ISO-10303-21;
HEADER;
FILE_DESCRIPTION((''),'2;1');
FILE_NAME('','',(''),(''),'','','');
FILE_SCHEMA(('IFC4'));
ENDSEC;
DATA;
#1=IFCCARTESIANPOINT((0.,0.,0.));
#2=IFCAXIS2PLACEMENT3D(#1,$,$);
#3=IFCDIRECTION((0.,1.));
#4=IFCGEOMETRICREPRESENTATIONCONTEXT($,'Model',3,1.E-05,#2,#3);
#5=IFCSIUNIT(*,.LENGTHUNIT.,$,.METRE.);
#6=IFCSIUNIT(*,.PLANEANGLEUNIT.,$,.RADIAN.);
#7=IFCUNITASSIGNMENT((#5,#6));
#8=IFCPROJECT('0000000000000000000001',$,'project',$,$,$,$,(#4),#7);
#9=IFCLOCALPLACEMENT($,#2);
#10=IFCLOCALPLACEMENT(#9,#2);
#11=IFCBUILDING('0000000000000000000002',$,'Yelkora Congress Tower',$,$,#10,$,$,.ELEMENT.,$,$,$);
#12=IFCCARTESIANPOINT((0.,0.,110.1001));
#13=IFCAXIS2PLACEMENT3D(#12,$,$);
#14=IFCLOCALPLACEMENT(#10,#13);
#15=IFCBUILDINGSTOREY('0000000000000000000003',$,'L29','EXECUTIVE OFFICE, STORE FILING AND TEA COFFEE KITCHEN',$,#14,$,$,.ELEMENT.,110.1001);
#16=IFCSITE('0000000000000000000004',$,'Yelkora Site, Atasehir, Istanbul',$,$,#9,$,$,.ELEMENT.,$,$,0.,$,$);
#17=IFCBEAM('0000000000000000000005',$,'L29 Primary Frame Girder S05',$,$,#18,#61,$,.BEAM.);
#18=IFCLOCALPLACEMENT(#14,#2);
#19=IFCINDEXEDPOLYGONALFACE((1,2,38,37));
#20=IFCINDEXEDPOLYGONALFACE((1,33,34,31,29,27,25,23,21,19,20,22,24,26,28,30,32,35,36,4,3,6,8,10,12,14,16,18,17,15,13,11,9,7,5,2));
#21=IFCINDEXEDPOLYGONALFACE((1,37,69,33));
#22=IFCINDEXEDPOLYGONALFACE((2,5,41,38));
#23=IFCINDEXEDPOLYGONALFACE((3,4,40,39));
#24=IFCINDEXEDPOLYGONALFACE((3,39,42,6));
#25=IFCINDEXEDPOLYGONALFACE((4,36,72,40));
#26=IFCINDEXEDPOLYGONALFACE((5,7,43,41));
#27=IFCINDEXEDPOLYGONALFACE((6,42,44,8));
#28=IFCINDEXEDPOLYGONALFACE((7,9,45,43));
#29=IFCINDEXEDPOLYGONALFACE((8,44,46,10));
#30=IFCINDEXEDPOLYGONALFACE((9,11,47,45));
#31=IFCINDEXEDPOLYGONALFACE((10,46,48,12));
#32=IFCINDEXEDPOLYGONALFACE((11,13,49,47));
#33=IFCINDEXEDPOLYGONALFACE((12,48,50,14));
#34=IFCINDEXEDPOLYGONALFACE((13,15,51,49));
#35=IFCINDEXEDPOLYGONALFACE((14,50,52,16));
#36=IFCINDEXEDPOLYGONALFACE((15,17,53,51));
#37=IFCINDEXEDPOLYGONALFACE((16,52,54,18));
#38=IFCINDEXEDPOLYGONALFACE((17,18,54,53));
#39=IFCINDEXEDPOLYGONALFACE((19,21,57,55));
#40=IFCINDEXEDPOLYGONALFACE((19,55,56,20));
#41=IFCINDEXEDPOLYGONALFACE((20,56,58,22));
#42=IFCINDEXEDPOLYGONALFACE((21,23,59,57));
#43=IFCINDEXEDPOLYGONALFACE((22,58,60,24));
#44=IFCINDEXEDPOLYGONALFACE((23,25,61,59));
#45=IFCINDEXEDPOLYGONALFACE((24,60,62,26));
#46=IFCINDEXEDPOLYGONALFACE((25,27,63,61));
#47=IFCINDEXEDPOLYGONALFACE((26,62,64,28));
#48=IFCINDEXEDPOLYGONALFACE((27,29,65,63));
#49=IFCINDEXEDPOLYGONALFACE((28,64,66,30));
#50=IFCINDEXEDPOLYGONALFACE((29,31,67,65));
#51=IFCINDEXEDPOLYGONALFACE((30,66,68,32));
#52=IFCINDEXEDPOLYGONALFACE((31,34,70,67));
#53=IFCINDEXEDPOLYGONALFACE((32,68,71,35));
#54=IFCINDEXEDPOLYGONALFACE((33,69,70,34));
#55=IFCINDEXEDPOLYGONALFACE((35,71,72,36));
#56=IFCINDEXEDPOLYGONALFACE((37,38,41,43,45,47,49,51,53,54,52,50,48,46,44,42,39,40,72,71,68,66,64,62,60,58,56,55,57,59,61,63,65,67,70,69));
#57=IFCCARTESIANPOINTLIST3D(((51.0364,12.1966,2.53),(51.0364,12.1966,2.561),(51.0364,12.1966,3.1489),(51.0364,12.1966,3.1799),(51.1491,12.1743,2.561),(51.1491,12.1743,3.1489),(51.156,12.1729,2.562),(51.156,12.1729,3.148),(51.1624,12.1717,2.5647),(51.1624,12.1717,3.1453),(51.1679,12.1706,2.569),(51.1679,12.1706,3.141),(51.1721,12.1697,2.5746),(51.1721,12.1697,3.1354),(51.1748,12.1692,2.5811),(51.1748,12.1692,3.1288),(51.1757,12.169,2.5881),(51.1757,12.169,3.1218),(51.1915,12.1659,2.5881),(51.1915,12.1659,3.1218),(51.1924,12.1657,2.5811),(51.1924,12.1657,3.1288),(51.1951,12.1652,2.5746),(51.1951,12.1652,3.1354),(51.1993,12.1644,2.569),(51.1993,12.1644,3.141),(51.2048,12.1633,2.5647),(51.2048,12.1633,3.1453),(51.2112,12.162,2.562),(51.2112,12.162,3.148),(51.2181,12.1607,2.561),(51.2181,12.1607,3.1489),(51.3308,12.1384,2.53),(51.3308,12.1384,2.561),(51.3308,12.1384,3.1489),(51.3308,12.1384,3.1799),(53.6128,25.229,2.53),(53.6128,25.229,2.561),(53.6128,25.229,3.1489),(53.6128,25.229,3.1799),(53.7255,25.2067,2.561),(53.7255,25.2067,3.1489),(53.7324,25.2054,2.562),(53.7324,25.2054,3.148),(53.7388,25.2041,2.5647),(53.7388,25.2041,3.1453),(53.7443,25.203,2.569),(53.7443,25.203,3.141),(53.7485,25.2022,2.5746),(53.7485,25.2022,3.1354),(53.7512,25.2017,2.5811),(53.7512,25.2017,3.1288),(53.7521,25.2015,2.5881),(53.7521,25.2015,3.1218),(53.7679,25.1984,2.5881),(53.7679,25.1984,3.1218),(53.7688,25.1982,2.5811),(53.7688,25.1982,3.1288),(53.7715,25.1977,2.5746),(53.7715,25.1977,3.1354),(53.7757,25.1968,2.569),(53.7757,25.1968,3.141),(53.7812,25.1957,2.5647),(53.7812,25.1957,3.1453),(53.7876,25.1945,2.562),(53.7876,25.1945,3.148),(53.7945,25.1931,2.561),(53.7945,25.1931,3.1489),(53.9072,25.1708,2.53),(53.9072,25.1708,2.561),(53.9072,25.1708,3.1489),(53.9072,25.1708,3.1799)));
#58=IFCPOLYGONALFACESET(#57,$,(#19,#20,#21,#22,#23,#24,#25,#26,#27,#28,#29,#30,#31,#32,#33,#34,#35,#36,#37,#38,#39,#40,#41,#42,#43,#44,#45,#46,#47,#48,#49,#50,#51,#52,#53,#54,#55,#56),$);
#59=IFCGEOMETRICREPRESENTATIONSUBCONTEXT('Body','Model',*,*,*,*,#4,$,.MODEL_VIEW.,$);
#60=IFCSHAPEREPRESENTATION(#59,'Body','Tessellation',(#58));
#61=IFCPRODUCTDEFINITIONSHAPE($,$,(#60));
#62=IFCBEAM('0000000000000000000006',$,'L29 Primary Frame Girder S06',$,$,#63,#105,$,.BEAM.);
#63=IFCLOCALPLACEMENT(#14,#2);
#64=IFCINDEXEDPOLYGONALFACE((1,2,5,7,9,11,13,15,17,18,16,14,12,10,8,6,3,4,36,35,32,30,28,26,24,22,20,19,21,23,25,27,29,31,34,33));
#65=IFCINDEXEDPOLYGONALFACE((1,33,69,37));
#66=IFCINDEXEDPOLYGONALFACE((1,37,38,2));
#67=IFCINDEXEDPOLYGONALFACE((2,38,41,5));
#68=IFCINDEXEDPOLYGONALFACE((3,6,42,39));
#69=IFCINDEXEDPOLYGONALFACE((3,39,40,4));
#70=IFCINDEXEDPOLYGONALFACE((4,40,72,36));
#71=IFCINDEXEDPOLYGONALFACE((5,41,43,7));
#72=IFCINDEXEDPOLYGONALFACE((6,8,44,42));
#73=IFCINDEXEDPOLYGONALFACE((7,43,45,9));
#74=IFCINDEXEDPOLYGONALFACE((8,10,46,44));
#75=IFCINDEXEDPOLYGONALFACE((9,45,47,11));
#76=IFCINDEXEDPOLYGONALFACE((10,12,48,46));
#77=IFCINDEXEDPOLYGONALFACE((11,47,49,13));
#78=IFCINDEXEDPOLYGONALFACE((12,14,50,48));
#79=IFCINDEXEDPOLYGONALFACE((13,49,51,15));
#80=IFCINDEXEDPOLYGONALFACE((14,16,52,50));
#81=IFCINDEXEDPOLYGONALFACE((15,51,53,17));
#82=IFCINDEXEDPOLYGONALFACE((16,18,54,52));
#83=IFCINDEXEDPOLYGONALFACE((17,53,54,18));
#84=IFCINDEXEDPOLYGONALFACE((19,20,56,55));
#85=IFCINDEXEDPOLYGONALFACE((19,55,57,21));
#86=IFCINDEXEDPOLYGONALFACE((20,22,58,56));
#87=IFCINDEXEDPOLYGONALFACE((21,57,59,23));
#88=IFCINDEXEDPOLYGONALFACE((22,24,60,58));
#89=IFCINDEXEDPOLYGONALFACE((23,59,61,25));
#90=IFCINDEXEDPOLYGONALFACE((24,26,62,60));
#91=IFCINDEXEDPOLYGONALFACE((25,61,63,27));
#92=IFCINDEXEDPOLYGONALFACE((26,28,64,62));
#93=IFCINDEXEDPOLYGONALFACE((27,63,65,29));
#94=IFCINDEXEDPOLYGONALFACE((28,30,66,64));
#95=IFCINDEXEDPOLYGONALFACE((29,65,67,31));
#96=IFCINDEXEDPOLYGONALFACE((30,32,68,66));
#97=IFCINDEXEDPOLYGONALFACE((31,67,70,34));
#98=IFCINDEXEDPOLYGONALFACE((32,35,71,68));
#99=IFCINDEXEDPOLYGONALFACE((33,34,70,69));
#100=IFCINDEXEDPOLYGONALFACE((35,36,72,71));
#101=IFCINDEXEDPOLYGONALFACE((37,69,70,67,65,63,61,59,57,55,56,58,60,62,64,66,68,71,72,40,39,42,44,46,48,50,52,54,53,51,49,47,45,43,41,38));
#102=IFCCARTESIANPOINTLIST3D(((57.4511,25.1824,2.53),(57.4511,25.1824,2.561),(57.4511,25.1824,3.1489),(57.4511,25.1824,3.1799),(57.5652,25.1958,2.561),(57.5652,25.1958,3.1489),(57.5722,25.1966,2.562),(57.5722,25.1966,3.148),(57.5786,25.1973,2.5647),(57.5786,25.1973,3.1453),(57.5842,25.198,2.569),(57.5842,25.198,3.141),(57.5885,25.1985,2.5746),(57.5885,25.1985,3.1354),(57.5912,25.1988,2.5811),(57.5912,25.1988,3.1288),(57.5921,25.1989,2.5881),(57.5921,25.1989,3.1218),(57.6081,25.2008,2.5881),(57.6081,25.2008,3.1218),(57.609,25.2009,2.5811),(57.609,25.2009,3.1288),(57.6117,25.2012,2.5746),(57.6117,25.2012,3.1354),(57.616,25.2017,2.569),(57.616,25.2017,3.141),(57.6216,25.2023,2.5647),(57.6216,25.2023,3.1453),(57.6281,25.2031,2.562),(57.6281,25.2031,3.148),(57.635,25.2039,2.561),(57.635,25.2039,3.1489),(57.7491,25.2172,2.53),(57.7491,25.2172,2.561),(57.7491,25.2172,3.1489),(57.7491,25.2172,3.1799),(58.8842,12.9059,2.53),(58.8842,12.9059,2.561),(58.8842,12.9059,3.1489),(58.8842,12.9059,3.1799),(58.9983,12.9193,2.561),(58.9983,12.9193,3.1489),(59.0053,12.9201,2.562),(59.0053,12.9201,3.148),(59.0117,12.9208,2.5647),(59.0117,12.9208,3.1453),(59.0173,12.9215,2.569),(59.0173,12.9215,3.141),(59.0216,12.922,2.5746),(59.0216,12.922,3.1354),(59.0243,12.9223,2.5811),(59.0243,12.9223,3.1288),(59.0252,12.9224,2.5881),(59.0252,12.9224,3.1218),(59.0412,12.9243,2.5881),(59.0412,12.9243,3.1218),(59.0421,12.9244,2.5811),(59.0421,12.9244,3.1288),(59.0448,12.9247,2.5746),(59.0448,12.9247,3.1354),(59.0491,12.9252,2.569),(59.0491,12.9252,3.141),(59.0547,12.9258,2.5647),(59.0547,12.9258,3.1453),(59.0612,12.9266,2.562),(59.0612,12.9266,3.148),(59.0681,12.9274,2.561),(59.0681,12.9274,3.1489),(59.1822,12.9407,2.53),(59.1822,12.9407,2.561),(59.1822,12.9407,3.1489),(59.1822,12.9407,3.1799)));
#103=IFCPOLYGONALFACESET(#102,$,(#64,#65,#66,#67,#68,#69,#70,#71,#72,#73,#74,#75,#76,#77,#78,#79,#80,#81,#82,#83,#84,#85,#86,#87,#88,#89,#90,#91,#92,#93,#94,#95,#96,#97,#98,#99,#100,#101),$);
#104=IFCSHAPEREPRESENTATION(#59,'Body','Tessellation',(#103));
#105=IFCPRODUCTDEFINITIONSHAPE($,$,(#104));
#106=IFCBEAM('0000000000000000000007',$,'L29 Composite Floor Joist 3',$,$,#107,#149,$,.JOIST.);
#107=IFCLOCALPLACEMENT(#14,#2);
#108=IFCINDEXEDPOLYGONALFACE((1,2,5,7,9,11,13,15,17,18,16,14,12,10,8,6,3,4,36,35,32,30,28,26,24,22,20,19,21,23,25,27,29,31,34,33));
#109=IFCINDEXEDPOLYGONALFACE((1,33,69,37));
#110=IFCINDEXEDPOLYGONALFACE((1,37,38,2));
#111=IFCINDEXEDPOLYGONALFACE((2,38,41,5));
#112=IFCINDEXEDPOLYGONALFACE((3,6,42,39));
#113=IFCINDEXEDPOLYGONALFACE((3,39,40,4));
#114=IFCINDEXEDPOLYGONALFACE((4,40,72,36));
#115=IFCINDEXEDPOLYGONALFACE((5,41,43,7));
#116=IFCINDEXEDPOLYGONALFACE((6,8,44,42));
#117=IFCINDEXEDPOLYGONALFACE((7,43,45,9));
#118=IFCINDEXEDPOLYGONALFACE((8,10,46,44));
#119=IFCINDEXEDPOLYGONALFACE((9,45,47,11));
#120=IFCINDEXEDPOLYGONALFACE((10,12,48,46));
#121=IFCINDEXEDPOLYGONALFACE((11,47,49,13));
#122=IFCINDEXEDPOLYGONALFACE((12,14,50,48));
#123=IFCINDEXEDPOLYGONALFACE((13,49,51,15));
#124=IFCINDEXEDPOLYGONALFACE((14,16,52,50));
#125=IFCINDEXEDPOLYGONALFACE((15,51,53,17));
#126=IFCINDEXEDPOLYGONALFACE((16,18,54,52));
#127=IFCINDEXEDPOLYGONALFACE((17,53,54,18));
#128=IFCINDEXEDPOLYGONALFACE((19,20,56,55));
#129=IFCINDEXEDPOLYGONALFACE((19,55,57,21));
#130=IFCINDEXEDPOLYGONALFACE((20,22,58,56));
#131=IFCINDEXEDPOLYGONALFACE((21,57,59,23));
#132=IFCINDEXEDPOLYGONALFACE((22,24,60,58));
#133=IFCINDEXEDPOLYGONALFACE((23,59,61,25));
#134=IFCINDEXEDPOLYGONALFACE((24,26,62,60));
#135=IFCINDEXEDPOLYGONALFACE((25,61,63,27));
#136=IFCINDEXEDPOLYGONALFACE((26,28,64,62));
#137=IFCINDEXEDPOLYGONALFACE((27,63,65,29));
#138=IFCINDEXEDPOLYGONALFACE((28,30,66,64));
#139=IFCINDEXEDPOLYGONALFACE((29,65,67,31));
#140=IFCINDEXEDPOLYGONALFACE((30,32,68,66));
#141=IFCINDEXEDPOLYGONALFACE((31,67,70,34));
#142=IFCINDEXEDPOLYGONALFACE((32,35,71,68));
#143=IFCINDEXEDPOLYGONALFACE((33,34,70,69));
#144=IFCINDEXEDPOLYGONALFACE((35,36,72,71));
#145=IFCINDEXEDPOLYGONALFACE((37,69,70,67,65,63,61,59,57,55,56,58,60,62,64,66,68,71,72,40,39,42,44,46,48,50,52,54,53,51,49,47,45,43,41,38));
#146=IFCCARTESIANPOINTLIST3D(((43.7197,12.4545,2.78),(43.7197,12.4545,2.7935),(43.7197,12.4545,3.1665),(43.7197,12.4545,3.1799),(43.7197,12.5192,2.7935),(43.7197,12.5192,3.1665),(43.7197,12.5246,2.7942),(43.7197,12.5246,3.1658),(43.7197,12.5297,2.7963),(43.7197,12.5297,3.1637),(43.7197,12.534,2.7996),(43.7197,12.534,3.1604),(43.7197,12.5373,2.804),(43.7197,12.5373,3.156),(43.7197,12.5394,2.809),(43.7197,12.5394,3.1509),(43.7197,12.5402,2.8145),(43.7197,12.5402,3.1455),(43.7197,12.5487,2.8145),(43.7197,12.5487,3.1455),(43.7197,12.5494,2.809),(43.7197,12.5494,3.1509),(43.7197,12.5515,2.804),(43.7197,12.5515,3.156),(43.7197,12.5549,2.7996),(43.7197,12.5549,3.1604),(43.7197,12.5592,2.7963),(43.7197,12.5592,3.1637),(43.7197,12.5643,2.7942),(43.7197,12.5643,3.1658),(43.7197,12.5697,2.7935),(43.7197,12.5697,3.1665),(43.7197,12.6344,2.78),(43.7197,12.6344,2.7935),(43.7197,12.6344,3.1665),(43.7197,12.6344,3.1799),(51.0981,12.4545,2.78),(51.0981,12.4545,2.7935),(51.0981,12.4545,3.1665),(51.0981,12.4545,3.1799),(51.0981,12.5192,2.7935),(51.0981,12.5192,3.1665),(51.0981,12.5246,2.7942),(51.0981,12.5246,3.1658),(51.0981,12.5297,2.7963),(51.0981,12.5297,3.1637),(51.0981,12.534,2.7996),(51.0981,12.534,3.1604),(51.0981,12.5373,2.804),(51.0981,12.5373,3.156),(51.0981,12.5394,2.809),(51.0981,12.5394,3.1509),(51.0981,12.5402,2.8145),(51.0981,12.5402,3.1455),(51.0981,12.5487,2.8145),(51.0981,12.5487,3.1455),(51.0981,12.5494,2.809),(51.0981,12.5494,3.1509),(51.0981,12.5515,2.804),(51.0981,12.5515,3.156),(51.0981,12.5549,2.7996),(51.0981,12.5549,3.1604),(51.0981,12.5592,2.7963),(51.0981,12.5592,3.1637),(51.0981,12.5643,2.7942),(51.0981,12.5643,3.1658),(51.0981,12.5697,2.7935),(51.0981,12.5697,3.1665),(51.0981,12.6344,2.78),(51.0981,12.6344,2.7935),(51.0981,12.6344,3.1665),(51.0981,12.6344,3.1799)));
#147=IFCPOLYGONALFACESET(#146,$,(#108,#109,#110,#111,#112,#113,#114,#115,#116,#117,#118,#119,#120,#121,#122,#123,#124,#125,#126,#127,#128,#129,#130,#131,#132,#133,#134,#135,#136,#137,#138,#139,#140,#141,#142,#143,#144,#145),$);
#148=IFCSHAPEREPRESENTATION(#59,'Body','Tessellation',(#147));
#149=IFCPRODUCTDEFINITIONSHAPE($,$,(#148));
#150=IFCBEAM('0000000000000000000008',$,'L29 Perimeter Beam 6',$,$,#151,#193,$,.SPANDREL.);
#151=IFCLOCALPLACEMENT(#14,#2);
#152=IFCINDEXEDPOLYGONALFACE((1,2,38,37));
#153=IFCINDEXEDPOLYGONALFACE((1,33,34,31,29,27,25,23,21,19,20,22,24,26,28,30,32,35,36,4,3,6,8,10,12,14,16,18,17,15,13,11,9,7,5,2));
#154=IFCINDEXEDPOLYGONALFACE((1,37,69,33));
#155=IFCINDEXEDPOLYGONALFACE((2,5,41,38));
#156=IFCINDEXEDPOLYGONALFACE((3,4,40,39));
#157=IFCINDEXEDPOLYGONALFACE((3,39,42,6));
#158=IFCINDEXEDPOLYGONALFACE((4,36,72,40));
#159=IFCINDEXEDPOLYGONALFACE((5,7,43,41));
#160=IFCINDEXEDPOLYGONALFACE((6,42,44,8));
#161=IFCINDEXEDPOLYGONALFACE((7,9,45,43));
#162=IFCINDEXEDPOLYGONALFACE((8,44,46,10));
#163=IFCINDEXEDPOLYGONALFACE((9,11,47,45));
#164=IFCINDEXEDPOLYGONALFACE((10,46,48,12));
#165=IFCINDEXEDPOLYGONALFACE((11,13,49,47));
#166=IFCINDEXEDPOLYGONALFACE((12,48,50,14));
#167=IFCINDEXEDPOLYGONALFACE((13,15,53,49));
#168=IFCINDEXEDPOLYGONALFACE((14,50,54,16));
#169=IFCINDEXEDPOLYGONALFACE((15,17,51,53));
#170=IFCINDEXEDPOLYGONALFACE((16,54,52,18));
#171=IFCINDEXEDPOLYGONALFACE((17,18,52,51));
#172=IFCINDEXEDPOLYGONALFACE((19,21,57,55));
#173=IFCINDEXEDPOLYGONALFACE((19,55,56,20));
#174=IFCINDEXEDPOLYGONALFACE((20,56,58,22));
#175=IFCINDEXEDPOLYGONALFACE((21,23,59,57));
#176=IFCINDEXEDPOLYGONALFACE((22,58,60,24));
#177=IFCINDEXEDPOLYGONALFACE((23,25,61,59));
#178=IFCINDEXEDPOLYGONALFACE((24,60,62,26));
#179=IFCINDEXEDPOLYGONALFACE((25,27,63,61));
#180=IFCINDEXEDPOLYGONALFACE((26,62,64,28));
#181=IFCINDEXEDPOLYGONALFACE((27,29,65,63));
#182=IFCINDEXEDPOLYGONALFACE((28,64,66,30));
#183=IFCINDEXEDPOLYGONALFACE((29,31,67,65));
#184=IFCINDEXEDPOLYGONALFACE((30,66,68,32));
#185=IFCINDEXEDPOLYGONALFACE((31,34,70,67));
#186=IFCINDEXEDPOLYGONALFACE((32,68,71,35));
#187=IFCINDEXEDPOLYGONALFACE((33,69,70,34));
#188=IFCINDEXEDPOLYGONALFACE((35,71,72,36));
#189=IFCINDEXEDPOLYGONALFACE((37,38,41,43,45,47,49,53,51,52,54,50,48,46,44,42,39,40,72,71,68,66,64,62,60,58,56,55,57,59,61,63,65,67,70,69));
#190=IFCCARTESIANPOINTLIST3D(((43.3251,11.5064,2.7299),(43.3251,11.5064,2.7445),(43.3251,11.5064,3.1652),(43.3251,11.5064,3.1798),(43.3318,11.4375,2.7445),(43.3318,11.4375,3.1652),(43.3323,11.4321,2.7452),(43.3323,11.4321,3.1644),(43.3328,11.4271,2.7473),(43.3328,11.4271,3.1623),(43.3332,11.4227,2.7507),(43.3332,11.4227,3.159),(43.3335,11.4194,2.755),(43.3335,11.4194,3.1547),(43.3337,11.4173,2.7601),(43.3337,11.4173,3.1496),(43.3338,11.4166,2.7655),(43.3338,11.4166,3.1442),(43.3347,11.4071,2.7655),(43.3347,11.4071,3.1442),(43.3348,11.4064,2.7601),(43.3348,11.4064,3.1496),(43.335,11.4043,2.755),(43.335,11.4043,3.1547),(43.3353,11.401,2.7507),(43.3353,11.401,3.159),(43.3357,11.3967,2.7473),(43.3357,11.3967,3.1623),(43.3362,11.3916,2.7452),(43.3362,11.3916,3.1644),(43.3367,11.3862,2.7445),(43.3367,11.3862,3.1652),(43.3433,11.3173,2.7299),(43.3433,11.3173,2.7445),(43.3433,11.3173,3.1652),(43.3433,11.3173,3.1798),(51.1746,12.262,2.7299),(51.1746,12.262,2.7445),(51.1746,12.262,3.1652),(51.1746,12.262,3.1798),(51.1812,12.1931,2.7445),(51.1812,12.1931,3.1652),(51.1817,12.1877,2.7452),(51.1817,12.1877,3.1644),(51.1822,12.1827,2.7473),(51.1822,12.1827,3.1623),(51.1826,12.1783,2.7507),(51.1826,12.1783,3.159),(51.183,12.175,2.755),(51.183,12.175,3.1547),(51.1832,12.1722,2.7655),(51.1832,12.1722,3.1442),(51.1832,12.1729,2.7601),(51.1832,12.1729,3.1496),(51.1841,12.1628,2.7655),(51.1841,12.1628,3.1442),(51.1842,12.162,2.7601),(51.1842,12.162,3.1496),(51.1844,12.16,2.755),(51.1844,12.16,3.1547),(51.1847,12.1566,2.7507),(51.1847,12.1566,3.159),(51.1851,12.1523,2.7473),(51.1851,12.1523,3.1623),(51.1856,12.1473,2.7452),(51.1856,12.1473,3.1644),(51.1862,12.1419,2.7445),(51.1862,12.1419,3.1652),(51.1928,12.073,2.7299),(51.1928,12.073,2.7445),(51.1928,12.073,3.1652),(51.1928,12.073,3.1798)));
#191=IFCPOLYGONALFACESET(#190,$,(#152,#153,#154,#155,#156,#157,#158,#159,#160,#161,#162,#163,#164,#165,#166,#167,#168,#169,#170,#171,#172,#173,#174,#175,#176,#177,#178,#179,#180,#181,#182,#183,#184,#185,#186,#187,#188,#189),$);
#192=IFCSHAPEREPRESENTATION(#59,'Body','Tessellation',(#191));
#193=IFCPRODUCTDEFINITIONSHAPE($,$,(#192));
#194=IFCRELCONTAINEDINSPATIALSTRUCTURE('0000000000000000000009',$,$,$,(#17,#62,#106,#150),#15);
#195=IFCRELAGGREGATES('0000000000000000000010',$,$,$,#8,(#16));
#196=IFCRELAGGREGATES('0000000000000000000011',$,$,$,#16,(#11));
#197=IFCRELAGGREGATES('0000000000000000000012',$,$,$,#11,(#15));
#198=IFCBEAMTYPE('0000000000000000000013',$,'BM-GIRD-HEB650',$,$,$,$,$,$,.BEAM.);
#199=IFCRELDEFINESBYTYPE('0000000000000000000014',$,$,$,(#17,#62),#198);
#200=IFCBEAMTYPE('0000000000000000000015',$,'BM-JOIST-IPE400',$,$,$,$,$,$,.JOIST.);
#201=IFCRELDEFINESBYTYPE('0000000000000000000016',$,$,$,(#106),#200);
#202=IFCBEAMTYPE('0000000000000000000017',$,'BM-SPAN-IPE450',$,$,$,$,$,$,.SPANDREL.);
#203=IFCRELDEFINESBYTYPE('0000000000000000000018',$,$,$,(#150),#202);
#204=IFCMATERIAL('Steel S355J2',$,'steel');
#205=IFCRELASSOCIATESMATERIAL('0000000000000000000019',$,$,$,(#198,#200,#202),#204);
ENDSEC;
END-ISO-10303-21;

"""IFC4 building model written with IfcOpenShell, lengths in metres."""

from ifc_helpers import new_model, si_unit, direction, frame, origin, origin_2d, place, context, subcontext, project, spatial, i_section, extrude, material, material_profile, profile_set, type_object, element, save


model = new_model("IFC4")

# Units and contexts
model_context = context("Model", 3, precision=1e-05, world=origin(), true_north=direction((0.0, 1.0)))
body_context = subcontext(model_context, "Body", "Model", "MODEL_VIEW")
ifc_project = project(units=[si_unit("LENGTHUNIT", "METRE"), si_unit("PLANEANGLEUNIT", "RADIAN")], contexts=[model_context])

# Site, building, storey
site_placement = place(None, origin())
site = spatial("IfcSite", under=ifc_project, at=site_placement, Name="Yelkora Site, Atasehir, Istanbul", CompositionType="ELEMENT", RefElevation=0.0)
building_placement = place(site_placement, origin())
building = spatial("IfcBuilding", under=site, at=building_placement, Name="Yelkora Congress Tower", CompositionType="ELEMENT")
storey_placement = place(building_placement, frame((0.0, 0.0, 110.1001)))
storey = spatial("IfcBuildingStorey", under=building, at=storey_placement, Name="L29", Description="EXECUTIVE OFFICE, STORE FILING AND TEA COFFEE KITCHEN", CompositionType="ELEMENT", Elevation=110.1001)

# Beams
ifc_material_1 = material(Name="Steel S355J2", Category="steel")
ifc_material_profile_1 = material_profile(ifc_material_1, i_section(OverallWidth=0.3, OverallDepth=0.6499, WebThickness=0.0161, FlangeThickness=0.031, FilletRadius=0.0271, at=origin_2d()), Name="HEB 650")
ifc_profile_set_1 = profile_set([ifc_material_profile_1], Name="Steel S355J2")
beam_type_1 = type_object("IfcBeamType", Name="BM-GIRD-HEB650", PredefinedType="BEAM", material=ifc_profile_set_1)
beam_1_placement = place(storey_placement, frame((51.1836, 12.1675, 2.855), z_axis=(0.193939, 0.981014, 0.0), x_axis=(-0.981014, 0.193939, 0.0)))
element("IfcBeam", 1, at=beam_1_placement, inside=storey, type_object=beam_type_1, Name="L29 Primary Frame Girder S05", PredefinedType="BEAM", context=body_context, shape_type="SweptSolid", body=[
    extrude(i_section(OverallWidth=0.3, OverallDepth=0.6499, WebThickness=0.0161, FlangeThickness=0.031, FilletRadius=0.0271, at=origin_2d()), origin(), (0.0, 0.0, 1.0), 13.2847),
])
beam_2_placement = place(storey_placement, frame((59.0332, 12.9233, 2.855), z_axis=(-0.115947, 0.993255, 0.0), x_axis=(-0.993255, -0.115947, 0.0)))
element("IfcBeam", 2, at=beam_2_placement, inside=storey, type_object=beam_type_1, Name="L29 Primary Frame Girder S06", PredefinedType="BEAM", context=body_context, shape_type="SweptSolid", body=[
    extrude(i_section(OverallWidth=0.3, OverallDepth=0.6499, WebThickness=0.0161, FlangeThickness=0.031, FilletRadius=0.0271, at=origin_2d()), origin(), (0.0, 0.0, 1.0), 12.3599),
])
ifc_material_profile_2 = material_profile(ifc_material_1, i_section(OverallWidth=0.1799, OverallDepth=0.3999, WebThickness=0.0085, FlangeThickness=0.0134, FilletRadius=0.021, at=origin_2d()), Name="IPE 400")
ifc_profile_set_2 = profile_set([ifc_material_profile_2], Name="Steel S355J2")
beam_type_2 = type_object("IfcBeamType", Name="BM-JOIST-IPE400", PredefinedType="JOIST", material=ifc_profile_set_2)
beam_3_placement = place(storey_placement, frame((43.7197, 12.5444, 2.98), z_axis=(1.0, 0.0, 0.0), x_axis=(0.0, 1.0, 0.0)))
element("IfcBeam", 3, at=beam_3_placement, inside=storey, type_object=beam_type_2, Name="L29 Composite Floor Joist 3", PredefinedType="JOIST", context=body_context, shape_type="SweptSolid", body=[
    extrude(i_section(OverallWidth=0.1799, OverallDepth=0.3999, WebThickness=0.0085, FlangeThickness=0.0134, FilletRadius=0.021, at=origin_2d()), origin(), (0.0, 0.0, 1.0), 7.3784),
])
ifc_material_profile_3 = material_profile(ifc_material_1, i_section(OverallWidth=0.1899, OverallDepth=0.45, WebThickness=0.0095, FlangeThickness=0.0146, FilletRadius=0.021, at=origin_2d()), Name="IPE 450")
ifc_profile_set_3 = profile_set([ifc_material_profile_3], Name="Steel S355J2")
beam_type_3 = type_object("IfcBeamType", Name="BM-SPAN-IPE450", PredefinedType="SPANDREL", material=ifc_profile_set_3)
beam_4_placement = place(storey_placement, frame((43.3342, 11.4119, 2.9548), z_axis=(0.995399, 0.095822, 0.0), x_axis=(-0.095822, 0.995399, 0.0)))
element("IfcBeam", 4, at=beam_4_placement, inside=storey, type_object=beam_type_3, Name="L29 Perimeter Beam 6", PredefinedType="SPANDREL", context=body_context, shape_type="SweptSolid", body=[
    extrude(i_section(OverallWidth=0.1899, OverallDepth=0.45, WebThickness=0.0095, FlangeThickness=0.0146, FilletRadius=0.021, at=origin_2d()), origin(), (0.0, 0.0, 1.0), 7.8857),
])

save(model, "model.ifc")
